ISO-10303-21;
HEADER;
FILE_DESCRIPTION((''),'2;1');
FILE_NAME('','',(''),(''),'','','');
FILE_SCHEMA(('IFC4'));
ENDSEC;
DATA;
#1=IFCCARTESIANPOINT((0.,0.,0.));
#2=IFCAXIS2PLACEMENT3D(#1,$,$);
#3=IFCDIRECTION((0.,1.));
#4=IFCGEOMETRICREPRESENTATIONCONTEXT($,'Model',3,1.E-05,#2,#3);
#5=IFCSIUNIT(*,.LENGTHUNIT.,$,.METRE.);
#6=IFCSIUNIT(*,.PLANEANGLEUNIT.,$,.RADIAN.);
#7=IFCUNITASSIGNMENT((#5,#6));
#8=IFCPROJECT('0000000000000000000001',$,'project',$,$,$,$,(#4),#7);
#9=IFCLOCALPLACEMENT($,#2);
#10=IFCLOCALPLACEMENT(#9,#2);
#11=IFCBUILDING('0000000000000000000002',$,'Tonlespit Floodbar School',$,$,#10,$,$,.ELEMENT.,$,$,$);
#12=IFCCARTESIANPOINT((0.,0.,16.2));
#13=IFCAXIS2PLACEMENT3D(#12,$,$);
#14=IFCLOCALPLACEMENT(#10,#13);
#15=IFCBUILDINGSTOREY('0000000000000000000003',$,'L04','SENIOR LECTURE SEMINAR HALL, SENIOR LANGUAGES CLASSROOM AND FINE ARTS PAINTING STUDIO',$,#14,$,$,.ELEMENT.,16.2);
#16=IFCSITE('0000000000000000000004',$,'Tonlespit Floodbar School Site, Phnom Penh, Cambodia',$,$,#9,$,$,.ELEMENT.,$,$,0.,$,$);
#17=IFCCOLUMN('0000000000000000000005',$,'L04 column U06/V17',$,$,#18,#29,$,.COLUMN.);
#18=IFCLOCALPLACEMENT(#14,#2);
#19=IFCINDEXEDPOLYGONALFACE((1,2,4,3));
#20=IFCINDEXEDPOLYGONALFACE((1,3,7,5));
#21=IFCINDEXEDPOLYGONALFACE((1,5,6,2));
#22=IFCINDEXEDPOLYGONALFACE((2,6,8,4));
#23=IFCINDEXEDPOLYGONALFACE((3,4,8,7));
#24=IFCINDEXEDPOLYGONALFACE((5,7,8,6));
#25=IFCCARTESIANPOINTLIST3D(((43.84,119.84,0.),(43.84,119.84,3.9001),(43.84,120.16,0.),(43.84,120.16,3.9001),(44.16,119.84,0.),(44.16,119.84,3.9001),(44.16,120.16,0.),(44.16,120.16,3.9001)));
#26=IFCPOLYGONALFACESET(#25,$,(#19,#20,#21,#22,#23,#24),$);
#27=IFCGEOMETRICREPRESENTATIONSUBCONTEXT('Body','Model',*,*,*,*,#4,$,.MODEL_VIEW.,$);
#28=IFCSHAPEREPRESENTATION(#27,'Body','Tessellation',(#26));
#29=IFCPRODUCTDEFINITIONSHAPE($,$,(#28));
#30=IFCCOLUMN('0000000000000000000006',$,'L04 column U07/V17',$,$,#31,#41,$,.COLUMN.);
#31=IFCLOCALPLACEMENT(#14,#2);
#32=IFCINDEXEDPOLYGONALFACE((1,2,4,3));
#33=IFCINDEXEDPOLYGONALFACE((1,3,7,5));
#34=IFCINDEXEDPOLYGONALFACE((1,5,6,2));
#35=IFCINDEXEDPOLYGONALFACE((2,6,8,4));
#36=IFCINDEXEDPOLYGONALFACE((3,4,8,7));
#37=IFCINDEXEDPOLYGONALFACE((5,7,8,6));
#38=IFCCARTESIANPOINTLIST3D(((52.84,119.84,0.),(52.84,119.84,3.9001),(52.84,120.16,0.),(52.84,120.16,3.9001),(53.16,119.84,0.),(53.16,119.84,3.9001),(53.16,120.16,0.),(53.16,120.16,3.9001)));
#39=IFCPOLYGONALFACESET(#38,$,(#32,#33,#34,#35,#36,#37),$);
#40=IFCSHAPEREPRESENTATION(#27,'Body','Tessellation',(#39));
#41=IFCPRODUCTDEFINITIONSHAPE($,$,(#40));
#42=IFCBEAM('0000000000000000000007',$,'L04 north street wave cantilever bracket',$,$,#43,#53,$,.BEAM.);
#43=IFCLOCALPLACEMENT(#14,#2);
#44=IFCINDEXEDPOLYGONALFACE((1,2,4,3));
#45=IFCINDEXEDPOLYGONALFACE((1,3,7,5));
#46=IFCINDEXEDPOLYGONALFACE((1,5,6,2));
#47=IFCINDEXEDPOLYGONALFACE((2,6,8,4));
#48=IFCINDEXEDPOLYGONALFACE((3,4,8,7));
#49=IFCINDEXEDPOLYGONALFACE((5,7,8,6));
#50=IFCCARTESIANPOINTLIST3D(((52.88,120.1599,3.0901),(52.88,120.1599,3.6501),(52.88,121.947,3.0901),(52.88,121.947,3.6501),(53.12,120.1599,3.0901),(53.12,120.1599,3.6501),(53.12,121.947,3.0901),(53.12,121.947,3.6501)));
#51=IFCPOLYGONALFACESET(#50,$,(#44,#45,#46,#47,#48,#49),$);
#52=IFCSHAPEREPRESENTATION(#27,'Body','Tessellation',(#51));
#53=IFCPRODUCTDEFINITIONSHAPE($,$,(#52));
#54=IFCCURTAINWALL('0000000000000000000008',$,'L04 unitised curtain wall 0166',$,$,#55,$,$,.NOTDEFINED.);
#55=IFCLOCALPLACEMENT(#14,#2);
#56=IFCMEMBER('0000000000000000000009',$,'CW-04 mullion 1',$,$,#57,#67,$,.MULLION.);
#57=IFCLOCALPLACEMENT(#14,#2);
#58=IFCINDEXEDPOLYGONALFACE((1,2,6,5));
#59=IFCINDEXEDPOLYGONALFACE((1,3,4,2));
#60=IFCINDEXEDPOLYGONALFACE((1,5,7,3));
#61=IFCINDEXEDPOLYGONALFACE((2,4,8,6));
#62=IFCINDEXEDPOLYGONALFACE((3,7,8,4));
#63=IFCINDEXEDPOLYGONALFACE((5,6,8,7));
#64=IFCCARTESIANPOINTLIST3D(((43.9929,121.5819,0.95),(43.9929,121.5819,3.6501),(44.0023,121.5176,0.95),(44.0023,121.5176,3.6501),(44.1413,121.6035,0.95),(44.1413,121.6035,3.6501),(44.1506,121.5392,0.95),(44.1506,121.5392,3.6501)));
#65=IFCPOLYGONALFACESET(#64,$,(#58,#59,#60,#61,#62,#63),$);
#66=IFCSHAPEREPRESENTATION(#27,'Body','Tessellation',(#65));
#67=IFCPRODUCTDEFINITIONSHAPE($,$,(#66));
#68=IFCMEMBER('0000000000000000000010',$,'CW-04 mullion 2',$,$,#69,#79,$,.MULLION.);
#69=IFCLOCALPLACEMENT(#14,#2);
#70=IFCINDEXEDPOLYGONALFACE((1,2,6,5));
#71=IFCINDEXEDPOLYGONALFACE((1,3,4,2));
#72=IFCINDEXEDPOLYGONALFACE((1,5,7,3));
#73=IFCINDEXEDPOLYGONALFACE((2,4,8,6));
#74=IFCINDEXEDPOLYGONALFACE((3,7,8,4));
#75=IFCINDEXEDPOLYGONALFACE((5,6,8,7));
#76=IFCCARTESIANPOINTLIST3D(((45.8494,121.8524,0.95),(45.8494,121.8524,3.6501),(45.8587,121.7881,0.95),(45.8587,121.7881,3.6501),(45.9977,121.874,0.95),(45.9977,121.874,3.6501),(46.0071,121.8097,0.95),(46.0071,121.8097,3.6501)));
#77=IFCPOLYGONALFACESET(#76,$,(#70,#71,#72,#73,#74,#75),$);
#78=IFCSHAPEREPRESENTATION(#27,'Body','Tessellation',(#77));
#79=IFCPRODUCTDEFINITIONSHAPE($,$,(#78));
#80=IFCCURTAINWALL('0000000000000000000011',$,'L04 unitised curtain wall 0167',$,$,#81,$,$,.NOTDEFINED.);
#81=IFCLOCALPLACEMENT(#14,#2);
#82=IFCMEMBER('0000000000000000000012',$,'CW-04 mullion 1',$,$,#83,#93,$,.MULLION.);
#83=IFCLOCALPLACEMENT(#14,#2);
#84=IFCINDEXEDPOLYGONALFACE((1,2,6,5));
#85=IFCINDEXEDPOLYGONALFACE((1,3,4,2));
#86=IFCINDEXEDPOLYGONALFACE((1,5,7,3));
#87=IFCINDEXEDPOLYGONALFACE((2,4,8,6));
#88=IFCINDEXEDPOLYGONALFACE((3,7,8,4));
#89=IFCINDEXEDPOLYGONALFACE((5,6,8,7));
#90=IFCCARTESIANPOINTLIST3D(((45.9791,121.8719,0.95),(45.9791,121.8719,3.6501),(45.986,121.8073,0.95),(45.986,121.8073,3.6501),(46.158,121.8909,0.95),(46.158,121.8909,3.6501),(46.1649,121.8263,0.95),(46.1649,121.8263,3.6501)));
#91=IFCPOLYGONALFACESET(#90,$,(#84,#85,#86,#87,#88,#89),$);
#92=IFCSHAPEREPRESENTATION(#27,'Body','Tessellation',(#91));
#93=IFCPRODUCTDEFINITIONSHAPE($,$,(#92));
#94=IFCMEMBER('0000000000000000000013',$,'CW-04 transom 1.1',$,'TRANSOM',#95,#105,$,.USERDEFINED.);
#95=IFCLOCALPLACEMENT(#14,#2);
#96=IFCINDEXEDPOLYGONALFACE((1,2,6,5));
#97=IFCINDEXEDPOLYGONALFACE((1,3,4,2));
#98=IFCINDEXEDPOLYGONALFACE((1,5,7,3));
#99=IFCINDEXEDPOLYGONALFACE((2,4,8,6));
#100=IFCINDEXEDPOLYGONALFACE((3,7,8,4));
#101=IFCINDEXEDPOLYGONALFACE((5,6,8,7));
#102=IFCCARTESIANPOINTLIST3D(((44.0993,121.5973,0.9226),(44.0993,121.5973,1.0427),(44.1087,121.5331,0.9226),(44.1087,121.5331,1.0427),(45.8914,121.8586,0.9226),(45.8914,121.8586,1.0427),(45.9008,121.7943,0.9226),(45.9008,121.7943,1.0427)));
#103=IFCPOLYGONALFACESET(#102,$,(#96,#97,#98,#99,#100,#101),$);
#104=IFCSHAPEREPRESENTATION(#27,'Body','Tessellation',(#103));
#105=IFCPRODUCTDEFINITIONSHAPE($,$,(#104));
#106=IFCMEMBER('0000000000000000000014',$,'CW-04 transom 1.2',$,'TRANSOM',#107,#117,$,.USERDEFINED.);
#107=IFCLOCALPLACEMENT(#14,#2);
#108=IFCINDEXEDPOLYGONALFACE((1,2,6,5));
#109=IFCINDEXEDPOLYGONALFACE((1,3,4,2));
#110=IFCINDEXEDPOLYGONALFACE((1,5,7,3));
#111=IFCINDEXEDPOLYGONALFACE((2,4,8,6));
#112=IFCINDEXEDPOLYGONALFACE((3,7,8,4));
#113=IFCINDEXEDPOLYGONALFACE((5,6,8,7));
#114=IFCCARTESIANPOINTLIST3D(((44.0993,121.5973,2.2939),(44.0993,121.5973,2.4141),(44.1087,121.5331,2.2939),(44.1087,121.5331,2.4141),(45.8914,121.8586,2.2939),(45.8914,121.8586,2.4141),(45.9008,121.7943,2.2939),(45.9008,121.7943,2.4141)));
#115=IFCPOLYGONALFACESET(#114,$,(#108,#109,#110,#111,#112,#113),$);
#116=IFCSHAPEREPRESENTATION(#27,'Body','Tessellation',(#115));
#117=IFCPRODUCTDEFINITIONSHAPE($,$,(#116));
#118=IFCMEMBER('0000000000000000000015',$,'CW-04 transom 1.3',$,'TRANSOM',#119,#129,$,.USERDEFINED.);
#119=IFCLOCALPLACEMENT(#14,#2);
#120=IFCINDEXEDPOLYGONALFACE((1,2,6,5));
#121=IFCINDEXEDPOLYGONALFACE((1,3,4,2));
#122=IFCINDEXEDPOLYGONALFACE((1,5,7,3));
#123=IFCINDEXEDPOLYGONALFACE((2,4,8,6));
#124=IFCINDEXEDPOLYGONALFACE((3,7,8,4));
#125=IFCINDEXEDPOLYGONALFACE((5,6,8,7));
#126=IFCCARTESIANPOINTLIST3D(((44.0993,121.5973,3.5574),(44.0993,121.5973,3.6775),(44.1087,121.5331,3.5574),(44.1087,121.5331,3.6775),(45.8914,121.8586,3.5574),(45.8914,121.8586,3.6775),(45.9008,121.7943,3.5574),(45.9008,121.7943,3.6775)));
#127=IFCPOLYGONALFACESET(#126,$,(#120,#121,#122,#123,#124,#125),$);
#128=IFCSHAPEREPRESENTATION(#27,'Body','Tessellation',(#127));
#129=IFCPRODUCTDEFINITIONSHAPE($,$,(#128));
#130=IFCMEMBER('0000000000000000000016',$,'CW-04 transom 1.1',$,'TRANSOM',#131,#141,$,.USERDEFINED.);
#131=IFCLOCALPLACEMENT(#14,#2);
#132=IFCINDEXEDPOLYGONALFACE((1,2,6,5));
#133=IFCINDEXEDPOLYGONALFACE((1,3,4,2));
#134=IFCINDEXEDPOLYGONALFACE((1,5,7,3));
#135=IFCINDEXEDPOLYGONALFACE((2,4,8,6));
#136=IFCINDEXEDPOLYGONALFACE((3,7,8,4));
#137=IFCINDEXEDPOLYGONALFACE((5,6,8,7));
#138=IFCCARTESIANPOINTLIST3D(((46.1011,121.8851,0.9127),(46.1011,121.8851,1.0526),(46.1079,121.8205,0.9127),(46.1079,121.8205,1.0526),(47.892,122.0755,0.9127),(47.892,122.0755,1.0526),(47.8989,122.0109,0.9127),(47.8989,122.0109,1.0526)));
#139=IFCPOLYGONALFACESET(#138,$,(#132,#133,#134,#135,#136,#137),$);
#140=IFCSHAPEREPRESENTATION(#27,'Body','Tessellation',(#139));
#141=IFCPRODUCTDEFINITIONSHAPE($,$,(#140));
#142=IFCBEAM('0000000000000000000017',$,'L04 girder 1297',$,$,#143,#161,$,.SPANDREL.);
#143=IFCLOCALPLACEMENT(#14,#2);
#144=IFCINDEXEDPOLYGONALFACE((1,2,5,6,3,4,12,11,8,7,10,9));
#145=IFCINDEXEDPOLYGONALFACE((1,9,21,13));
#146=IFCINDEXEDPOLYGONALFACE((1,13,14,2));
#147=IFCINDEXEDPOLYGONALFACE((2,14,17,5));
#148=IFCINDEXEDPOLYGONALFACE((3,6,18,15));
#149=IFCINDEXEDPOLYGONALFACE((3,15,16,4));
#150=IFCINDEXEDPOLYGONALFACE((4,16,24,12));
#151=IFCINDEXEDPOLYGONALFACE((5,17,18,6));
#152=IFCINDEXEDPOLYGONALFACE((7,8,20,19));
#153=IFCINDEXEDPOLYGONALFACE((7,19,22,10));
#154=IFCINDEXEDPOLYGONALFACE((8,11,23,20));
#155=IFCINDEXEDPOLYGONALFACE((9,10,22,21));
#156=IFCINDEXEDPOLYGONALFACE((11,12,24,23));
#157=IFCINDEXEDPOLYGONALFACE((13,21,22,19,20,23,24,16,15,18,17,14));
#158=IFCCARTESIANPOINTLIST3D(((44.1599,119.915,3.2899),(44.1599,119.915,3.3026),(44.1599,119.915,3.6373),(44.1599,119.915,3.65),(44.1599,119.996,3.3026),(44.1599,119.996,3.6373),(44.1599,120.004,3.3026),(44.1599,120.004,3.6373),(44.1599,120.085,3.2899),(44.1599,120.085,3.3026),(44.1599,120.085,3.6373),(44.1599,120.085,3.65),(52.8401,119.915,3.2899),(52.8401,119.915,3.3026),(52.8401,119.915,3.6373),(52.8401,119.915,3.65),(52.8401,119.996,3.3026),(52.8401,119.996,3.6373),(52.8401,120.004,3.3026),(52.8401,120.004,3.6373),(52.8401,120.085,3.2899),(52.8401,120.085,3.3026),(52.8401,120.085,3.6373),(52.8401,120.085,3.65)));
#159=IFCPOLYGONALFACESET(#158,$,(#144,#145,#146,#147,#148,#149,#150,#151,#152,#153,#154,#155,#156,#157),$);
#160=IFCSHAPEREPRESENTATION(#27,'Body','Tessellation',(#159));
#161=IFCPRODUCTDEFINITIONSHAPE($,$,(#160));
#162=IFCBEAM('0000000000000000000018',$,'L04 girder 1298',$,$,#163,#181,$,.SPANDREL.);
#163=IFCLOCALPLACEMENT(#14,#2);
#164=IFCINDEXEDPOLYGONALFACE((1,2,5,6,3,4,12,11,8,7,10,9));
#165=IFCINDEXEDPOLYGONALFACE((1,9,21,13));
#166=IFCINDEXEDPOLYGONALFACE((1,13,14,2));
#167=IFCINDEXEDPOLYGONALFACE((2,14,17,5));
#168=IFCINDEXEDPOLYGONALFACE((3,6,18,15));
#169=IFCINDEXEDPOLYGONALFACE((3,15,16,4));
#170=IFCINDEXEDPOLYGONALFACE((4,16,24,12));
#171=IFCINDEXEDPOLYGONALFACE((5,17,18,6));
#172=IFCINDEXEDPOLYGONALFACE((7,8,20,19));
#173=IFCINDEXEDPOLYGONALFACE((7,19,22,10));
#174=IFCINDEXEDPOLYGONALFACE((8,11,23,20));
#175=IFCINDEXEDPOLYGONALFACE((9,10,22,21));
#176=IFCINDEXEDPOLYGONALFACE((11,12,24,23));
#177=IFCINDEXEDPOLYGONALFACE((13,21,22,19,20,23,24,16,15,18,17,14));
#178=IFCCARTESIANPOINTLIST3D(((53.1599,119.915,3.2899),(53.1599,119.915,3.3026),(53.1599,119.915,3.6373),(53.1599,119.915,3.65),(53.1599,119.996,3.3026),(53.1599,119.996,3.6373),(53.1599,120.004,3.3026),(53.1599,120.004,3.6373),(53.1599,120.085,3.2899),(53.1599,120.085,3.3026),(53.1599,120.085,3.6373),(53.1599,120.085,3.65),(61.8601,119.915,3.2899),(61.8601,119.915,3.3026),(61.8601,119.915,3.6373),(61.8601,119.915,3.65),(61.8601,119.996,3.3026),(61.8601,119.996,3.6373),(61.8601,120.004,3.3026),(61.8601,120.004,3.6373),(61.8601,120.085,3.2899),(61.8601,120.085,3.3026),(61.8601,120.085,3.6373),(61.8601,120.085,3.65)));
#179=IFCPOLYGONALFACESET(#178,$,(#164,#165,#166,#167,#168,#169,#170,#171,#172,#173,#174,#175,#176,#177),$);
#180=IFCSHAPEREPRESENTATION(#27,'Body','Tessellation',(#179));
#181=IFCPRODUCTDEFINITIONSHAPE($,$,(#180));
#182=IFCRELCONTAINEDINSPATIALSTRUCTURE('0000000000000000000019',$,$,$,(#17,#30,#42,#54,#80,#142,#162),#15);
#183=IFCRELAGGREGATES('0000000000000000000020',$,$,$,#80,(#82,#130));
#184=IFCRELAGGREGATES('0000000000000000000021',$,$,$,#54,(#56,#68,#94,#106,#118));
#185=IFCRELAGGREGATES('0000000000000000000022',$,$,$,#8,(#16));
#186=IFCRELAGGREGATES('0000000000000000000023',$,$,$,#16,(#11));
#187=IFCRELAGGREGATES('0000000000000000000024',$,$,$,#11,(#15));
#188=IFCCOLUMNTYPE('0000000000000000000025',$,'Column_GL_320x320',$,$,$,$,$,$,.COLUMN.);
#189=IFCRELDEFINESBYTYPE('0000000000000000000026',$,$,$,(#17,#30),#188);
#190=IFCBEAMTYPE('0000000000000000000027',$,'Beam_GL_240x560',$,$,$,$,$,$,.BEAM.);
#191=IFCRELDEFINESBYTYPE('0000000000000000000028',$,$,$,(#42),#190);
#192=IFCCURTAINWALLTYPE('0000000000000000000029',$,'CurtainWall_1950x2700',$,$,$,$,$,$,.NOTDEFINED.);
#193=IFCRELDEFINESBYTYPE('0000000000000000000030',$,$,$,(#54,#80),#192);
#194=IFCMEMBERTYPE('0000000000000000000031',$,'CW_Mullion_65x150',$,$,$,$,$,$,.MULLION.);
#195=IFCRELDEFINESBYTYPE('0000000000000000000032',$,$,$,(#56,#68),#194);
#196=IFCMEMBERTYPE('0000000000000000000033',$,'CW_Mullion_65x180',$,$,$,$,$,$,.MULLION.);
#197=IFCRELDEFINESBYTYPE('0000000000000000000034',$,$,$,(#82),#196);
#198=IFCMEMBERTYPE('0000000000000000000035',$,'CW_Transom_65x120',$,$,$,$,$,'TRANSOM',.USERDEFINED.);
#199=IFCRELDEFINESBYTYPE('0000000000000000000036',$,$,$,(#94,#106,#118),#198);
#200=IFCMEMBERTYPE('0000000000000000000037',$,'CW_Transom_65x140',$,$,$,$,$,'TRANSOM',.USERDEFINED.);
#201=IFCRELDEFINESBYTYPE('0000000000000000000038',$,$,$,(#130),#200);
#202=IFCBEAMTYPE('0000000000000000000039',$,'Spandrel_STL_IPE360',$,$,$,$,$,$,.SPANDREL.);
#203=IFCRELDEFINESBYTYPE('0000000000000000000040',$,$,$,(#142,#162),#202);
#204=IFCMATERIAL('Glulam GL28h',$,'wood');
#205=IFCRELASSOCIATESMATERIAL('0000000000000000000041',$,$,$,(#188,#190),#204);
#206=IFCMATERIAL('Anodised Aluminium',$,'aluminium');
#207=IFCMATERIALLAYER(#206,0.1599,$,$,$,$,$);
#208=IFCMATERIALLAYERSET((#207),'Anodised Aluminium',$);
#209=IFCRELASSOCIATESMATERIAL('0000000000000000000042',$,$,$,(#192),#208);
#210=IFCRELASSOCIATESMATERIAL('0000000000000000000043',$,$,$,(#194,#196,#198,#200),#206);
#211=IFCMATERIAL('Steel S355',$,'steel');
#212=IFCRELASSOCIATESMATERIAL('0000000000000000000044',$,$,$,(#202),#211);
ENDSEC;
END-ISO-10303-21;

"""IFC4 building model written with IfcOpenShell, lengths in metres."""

from ifc_helpers import new_model, si_unit, direction, frame, origin, origin_2d, place, context, subcontext, project, spatial, rectangle, i_section, extrude, material, layer, layer_set, material_profile, profile_set, type_object, element, aggregate, save


model = new_model("IFC4")

# Units and contexts
model_context = context("Model", 3, precision=1e-05, world=origin(), true_north=direction((0.0, 1.0)))
body_context = subcontext(model_context, "Body", "Model", "MODEL_VIEW")
ifc_project = project(units=[si_unit("LENGTHUNIT", "METRE"), si_unit("PLANEANGLEUNIT", "RADIAN")], contexts=[model_context])

# Site, building, storey
site_placement = place(None, origin())
site = spatial("IfcSite", under=ifc_project, at=site_placement, Name="Tonlespit Floodbar School Site, Phnom Penh, Cambodia", CompositionType="ELEMENT", RefElevation=0.0)
building_placement = place(site_placement, origin())
building = spatial("IfcBuilding", under=site, at=building_placement, Name="Tonlespit Floodbar School", CompositionType="ELEMENT")
storey_placement = place(building_placement, frame((0.0, 0.0, 16.2)))
storey = spatial("IfcBuildingStorey", under=building, at=storey_placement, Name="L04", Description="SENIOR LECTURE SEMINAR HALL, SENIOR LANGUAGES CLASSROOM AND FINE ARTS PAINTING STUDIO", CompositionType="ELEMENT", Elevation=16.2)

# Columns
ifc_material_1 = material(Name="Glulam GL28h", Category="wood")
ifc_material_profile_1 = material_profile(ifc_material_1, rectangle(XDim=0.3201, YDim=0.3201, at=origin_2d()), Name="GL 320x320")
ifc_profile_set_1 = profile_set([ifc_material_profile_1], Name="Glulam GL28h")
column_type = type_object("IfcColumnType", Name="Column_GL_320x320", PredefinedType="COLUMN", material=ifc_profile_set_1)
for number, where, z_axis, x_axis, name in (
    (1, (44.0, 120.0, 0.0), (0.0, 0.0, 1.0), (1.0, 0.0, 0.0), "L04 column U06/V17"),
    (2, (53.0, 120.0, 0.0), (0.0, 0.0, 1.0), (1.0, 0.0, 0.0), "L04 column U07/V17"),
):
    element("IfcColumn", number, at=place(storey_placement, frame(where, z_axis=z_axis, x_axis=x_axis)), inside=storey, type_object=column_type, Name=name, PredefinedType="COLUMN", context=body_context, shape_type="SweptSolid", body=[
        extrude(rectangle(XDim=0.3201, YDim=0.3201, at=origin_2d()), origin(), (0.0, 0.0, 1.0), 3.9001),
    ])

# Beam
ifc_material_profile_2 = material_profile(ifc_material_1, rectangle(XDim=0.24, YDim=0.5601, at=origin_2d()), Name="GL 240x560")
ifc_profile_set_2 = profile_set([ifc_material_profile_2], Name="Glulam GL28h")
beam_type_1 = type_object("IfcBeamType", Name="Beam_GL_240x560", PredefinedType="BEAM", material=ifc_profile_set_2)
beam_1_placement = place(storey_placement, frame((53.0, 120.1599, 3.3701), z_axis=(0.0, 1.0, 0.0), x_axis=(-1.0, 0.0, 0.0)))
element("IfcBeam", 3, at=beam_1_placement, inside=storey, type_object=beam_type_1, Name="L04 north street wave cantilever bracket", PredefinedType="BEAM", context=body_context, shape_type="SweptSolid", body=[
    extrude(rectangle(XDim=0.24, YDim=0.5601, at=origin_2d()), origin(), (0.0, 0.0, 1.0), 1.7871),
])

# Curtain wall, members
ifc_material_2 = material(Name="Anodised Aluminium", Category="aluminium")
ifc_layer_1 = layer(ifc_material_2, 0.1599)
ifc_layer_set_1 = layer_set([ifc_layer_1], Name="Anodised Aluminium")
curtain_wall_type = type_object("IfcCurtainWallType", Name="CurtainWall_1950x2700", PredefinedType="NOTDEFINED", material=ifc_layer_set_1)
curtain_wall_1_placement = place(storey_placement, origin())
curtain_wall_1 = element("IfcCurtainWall", 4, at=curtain_wall_1_placement, inside=storey, type_object=curtain_wall_type, Name="L04 unitised curtain wall 0166", PredefinedType="NOTDEFINED")
ifc_material_profile_3 = material_profile(ifc_material_2, rectangle(XDim=0.0649, YDim=0.1499, at=origin_2d()), Name="ALU M65x150")
ifc_profile_set_3 = profile_set([ifc_material_profile_3], Name="Anodised Aluminium")
member_type_1 = type_object("IfcMemberType", Name="CW_Mullion_65x150", PredefinedType="MULLION", material=ifc_profile_set_3)
member_1_placement = place(storey_placement, frame((44.0718, 121.5605, 0.95), z_axis=(0.0, 0.0, 1.0), x_axis=(-0.144248, 0.989542, 0.0)))
member_1 = element("IfcMember", 5, at=member_1_placement, type_object=member_type_1, Name="CW-04 mullion 1", PredefinedType="MULLION", context=body_context, shape_type="SweptSolid", body=[
    extrude(rectangle(XDim=0.0649, YDim=0.1499, at=origin_2d()), origin(), (0.0, 0.0, 1.0), 2.7002),
])
member_2_placement = place(storey_placement, frame((45.9282, 121.8311, 0.95), z_axis=(0.0, 0.0, 1.0), x_axis=(-0.144248, 0.989542, 0.0)))
member_2 = element("IfcMember", 6, at=member_2_placement, type_object=member_type_1, Name="CW-04 mullion 2", PredefinedType="MULLION", context=body_context, shape_type="SweptSolid", body=[
    extrude(rectangle(XDim=0.0649, YDim=0.1499, at=origin_2d()), origin(), (0.0, 0.0, 1.0), 2.7002),
])

# Curtain wall, member
curtain_wall_2_placement = place(storey_placement, origin())
curtain_wall_2 = element("IfcCurtainWall", 7, at=curtain_wall_2_placement, inside=storey, type_object=curtain_wall_type, Name="L04 unitised curtain wall 0167", PredefinedType="NOTDEFINED")
ifc_material_profile_4 = material_profile(ifc_material_2, rectangle(XDim=0.0649, YDim=0.1799, at=origin_2d()), Name="ALU M65x180")
ifc_profile_set_4 = profile_set([ifc_material_profile_4], Name="Anodised Aluminium")
member_type_2 = type_object("IfcMemberType", Name="CW_Mullion_65x180", PredefinedType="MULLION", material=ifc_profile_set_4)
member_3_placement = place(storey_placement, frame((46.072, 121.8491, 0.95), z_axis=(0.0, 0.0, 1.0), x_axis=(-0.105787, 0.994389, 0.0)))
member_3 = element("IfcMember", 8, at=member_3_placement, type_object=member_type_2, Name="CW-04 mullion 1", PredefinedType="MULLION", context=body_context, shape_type="SweptSolid", body=[
    extrude(rectangle(XDim=0.0649, YDim=0.1799, at=origin_2d()), origin(), (0.0, 0.0, 1.0), 2.7002),
])

# Members
ifc_material_profile_5 = material_profile(ifc_material_2, rectangle(XDim=0.0649, YDim=0.1201, at=origin_2d()), Name="ALU T65x120")
ifc_profile_set_5 = profile_set([ifc_material_profile_5], Name="Anodised Aluminium")
member_type_3 = type_object("IfcMemberType", Name="CW_Transom_65x120", ElementType="TRANSOM", PredefinedType="USERDEFINED", material=ifc_profile_set_5)
member_4_placement = place(storey_placement, frame((44.104, 121.5652, 0.9827), z_axis=(0.989541, 0.144252, 0.0), x_axis=(-0.144252, 0.989541, 0.0)))
member_4 = element("IfcMember", 9, at=member_4_placement, type_object=member_type_3, Name="CW-04 transom 1.1", ObjectType="TRANSOM", PredefinedType="USERDEFINED", context=body_context, shape_type="SweptSolid", body=[
    extrude(rectangle(XDim=0.0649, YDim=0.1201, at=origin_2d()), origin(), (0.0, 0.0, 1.0), 1.811),
])
member_5_placement = place(storey_placement, frame((44.104, 121.5652, 2.354), z_axis=(0.989541, 0.144252, 0.0), x_axis=(-0.144252, 0.989541, 0.0)))
member_5 = element("IfcMember", 10, at=member_5_placement, type_object=member_type_3, Name="CW-04 transom 1.2", ObjectType="TRANSOM", PredefinedType="USERDEFINED", context=body_context, shape_type="SweptSolid", body=[
    extrude(rectangle(XDim=0.0649, YDim=0.1201, at=origin_2d()), origin(), (0.0, 0.0, 1.0), 1.811),
])
member_6_placement = place(storey_placement, frame((44.104, 121.5652, 3.6174), z_axis=(0.989541, 0.144252, 0.0), x_axis=(-0.144252, 0.989541, 0.0)))
member_6 = element("IfcMember", 11, at=member_6_placement, type_object=member_type_3, Name="CW-04 transom 1.3", ObjectType="TRANSOM", PredefinedType="USERDEFINED", context=body_context, shape_type="SweptSolid", body=[
    extrude(rectangle(XDim=0.0649, YDim=0.1201, at=origin_2d()), origin(), (0.0, 0.0, 1.0), 1.811),
])
ifc_material_profile_6 = material_profile(ifc_material_2, rectangle(XDim=0.0649, YDim=0.1399, at=origin_2d()), Name="ALU T65x140")
ifc_profile_set_6 = profile_set([ifc_material_profile_6], Name="Anodised Aluminium")
member_type_4 = type_object("IfcMemberType", Name="CW_Transom_65x140", ElementType="TRANSOM", PredefinedType="USERDEFINED", material=ifc_profile_set_6)
member_7_placement = place(storey_placement, frame((46.1045, 121.8528, 0.9827), z_axis=(0.994395, 0.105729, 0.0), x_axis=(-0.105729, 0.994395, 0.0)))
member_7 = element("IfcMember", 12, at=member_7_placement, type_object=member_type_4, Name="CW-04 transom 1.1", ObjectType="TRANSOM", PredefinedType="USERDEFINED", context=body_context, shape_type="SweptSolid", body=[
    extrude(rectangle(XDim=0.0649, YDim=0.1399, at=origin_2d()), origin(), (0.0, 0.0, 1.0), 1.801),
])
aggregate(curtain_wall_2, [member_3, member_7])

# Beams
ifc_material_3 = material(Name="Steel S355", Category="steel")
ifc_material_profile_7 = material_profile(ifc_material_3, i_section(OverallWidth=0.1699, OverallDepth=0.3601, WebThickness=0.0081, FlangeThickness=0.0127, at=origin_2d()), Name="IPE 360")
ifc_profile_set_7 = profile_set([ifc_material_profile_7], Name="Steel S355")
beam_type_2 = type_object("IfcBeamType", Name="Spandrel_STL_IPE360", PredefinedType="SPANDREL", material=ifc_profile_set_7)
beam_2_placement = place(storey_placement, frame((44.1599, 120.0, 3.47), z_axis=(1.0, 0.0, 0.0), x_axis=(0.0, 1.0, 0.0)))
element("IfcBeam", 13, at=beam_2_placement, inside=storey, type_object=beam_type_2, Name="L04 girder 1297", PredefinedType="SPANDREL", context=body_context, shape_type="SweptSolid", body=[
    extrude(i_section(OverallWidth=0.1699, OverallDepth=0.3601, WebThickness=0.0081, FlangeThickness=0.0127, at=origin_2d()), origin(), (0.0, 0.0, 1.0), 8.6802),
])
beam_3_placement = place(storey_placement, frame((53.1599, 120.0, 3.47), z_axis=(1.0, 0.0, 0.0), x_axis=(0.0, 1.0, 0.0)))
element("IfcBeam", 14, at=beam_3_placement, inside=storey, type_object=beam_type_2, Name="L04 girder 1298", PredefinedType="SPANDREL", context=body_context, shape_type="SweptSolid", body=[
    extrude(i_section(OverallWidth=0.1699, OverallDepth=0.3601, WebThickness=0.0081, FlangeThickness=0.0127, at=origin_2d()), origin(), (0.0, 0.0, 1.0), 8.7002),
])

aggregate(curtain_wall_1, [member_1, member_2, member_4, member_5, member_6])

save(model, "model.ifc")
